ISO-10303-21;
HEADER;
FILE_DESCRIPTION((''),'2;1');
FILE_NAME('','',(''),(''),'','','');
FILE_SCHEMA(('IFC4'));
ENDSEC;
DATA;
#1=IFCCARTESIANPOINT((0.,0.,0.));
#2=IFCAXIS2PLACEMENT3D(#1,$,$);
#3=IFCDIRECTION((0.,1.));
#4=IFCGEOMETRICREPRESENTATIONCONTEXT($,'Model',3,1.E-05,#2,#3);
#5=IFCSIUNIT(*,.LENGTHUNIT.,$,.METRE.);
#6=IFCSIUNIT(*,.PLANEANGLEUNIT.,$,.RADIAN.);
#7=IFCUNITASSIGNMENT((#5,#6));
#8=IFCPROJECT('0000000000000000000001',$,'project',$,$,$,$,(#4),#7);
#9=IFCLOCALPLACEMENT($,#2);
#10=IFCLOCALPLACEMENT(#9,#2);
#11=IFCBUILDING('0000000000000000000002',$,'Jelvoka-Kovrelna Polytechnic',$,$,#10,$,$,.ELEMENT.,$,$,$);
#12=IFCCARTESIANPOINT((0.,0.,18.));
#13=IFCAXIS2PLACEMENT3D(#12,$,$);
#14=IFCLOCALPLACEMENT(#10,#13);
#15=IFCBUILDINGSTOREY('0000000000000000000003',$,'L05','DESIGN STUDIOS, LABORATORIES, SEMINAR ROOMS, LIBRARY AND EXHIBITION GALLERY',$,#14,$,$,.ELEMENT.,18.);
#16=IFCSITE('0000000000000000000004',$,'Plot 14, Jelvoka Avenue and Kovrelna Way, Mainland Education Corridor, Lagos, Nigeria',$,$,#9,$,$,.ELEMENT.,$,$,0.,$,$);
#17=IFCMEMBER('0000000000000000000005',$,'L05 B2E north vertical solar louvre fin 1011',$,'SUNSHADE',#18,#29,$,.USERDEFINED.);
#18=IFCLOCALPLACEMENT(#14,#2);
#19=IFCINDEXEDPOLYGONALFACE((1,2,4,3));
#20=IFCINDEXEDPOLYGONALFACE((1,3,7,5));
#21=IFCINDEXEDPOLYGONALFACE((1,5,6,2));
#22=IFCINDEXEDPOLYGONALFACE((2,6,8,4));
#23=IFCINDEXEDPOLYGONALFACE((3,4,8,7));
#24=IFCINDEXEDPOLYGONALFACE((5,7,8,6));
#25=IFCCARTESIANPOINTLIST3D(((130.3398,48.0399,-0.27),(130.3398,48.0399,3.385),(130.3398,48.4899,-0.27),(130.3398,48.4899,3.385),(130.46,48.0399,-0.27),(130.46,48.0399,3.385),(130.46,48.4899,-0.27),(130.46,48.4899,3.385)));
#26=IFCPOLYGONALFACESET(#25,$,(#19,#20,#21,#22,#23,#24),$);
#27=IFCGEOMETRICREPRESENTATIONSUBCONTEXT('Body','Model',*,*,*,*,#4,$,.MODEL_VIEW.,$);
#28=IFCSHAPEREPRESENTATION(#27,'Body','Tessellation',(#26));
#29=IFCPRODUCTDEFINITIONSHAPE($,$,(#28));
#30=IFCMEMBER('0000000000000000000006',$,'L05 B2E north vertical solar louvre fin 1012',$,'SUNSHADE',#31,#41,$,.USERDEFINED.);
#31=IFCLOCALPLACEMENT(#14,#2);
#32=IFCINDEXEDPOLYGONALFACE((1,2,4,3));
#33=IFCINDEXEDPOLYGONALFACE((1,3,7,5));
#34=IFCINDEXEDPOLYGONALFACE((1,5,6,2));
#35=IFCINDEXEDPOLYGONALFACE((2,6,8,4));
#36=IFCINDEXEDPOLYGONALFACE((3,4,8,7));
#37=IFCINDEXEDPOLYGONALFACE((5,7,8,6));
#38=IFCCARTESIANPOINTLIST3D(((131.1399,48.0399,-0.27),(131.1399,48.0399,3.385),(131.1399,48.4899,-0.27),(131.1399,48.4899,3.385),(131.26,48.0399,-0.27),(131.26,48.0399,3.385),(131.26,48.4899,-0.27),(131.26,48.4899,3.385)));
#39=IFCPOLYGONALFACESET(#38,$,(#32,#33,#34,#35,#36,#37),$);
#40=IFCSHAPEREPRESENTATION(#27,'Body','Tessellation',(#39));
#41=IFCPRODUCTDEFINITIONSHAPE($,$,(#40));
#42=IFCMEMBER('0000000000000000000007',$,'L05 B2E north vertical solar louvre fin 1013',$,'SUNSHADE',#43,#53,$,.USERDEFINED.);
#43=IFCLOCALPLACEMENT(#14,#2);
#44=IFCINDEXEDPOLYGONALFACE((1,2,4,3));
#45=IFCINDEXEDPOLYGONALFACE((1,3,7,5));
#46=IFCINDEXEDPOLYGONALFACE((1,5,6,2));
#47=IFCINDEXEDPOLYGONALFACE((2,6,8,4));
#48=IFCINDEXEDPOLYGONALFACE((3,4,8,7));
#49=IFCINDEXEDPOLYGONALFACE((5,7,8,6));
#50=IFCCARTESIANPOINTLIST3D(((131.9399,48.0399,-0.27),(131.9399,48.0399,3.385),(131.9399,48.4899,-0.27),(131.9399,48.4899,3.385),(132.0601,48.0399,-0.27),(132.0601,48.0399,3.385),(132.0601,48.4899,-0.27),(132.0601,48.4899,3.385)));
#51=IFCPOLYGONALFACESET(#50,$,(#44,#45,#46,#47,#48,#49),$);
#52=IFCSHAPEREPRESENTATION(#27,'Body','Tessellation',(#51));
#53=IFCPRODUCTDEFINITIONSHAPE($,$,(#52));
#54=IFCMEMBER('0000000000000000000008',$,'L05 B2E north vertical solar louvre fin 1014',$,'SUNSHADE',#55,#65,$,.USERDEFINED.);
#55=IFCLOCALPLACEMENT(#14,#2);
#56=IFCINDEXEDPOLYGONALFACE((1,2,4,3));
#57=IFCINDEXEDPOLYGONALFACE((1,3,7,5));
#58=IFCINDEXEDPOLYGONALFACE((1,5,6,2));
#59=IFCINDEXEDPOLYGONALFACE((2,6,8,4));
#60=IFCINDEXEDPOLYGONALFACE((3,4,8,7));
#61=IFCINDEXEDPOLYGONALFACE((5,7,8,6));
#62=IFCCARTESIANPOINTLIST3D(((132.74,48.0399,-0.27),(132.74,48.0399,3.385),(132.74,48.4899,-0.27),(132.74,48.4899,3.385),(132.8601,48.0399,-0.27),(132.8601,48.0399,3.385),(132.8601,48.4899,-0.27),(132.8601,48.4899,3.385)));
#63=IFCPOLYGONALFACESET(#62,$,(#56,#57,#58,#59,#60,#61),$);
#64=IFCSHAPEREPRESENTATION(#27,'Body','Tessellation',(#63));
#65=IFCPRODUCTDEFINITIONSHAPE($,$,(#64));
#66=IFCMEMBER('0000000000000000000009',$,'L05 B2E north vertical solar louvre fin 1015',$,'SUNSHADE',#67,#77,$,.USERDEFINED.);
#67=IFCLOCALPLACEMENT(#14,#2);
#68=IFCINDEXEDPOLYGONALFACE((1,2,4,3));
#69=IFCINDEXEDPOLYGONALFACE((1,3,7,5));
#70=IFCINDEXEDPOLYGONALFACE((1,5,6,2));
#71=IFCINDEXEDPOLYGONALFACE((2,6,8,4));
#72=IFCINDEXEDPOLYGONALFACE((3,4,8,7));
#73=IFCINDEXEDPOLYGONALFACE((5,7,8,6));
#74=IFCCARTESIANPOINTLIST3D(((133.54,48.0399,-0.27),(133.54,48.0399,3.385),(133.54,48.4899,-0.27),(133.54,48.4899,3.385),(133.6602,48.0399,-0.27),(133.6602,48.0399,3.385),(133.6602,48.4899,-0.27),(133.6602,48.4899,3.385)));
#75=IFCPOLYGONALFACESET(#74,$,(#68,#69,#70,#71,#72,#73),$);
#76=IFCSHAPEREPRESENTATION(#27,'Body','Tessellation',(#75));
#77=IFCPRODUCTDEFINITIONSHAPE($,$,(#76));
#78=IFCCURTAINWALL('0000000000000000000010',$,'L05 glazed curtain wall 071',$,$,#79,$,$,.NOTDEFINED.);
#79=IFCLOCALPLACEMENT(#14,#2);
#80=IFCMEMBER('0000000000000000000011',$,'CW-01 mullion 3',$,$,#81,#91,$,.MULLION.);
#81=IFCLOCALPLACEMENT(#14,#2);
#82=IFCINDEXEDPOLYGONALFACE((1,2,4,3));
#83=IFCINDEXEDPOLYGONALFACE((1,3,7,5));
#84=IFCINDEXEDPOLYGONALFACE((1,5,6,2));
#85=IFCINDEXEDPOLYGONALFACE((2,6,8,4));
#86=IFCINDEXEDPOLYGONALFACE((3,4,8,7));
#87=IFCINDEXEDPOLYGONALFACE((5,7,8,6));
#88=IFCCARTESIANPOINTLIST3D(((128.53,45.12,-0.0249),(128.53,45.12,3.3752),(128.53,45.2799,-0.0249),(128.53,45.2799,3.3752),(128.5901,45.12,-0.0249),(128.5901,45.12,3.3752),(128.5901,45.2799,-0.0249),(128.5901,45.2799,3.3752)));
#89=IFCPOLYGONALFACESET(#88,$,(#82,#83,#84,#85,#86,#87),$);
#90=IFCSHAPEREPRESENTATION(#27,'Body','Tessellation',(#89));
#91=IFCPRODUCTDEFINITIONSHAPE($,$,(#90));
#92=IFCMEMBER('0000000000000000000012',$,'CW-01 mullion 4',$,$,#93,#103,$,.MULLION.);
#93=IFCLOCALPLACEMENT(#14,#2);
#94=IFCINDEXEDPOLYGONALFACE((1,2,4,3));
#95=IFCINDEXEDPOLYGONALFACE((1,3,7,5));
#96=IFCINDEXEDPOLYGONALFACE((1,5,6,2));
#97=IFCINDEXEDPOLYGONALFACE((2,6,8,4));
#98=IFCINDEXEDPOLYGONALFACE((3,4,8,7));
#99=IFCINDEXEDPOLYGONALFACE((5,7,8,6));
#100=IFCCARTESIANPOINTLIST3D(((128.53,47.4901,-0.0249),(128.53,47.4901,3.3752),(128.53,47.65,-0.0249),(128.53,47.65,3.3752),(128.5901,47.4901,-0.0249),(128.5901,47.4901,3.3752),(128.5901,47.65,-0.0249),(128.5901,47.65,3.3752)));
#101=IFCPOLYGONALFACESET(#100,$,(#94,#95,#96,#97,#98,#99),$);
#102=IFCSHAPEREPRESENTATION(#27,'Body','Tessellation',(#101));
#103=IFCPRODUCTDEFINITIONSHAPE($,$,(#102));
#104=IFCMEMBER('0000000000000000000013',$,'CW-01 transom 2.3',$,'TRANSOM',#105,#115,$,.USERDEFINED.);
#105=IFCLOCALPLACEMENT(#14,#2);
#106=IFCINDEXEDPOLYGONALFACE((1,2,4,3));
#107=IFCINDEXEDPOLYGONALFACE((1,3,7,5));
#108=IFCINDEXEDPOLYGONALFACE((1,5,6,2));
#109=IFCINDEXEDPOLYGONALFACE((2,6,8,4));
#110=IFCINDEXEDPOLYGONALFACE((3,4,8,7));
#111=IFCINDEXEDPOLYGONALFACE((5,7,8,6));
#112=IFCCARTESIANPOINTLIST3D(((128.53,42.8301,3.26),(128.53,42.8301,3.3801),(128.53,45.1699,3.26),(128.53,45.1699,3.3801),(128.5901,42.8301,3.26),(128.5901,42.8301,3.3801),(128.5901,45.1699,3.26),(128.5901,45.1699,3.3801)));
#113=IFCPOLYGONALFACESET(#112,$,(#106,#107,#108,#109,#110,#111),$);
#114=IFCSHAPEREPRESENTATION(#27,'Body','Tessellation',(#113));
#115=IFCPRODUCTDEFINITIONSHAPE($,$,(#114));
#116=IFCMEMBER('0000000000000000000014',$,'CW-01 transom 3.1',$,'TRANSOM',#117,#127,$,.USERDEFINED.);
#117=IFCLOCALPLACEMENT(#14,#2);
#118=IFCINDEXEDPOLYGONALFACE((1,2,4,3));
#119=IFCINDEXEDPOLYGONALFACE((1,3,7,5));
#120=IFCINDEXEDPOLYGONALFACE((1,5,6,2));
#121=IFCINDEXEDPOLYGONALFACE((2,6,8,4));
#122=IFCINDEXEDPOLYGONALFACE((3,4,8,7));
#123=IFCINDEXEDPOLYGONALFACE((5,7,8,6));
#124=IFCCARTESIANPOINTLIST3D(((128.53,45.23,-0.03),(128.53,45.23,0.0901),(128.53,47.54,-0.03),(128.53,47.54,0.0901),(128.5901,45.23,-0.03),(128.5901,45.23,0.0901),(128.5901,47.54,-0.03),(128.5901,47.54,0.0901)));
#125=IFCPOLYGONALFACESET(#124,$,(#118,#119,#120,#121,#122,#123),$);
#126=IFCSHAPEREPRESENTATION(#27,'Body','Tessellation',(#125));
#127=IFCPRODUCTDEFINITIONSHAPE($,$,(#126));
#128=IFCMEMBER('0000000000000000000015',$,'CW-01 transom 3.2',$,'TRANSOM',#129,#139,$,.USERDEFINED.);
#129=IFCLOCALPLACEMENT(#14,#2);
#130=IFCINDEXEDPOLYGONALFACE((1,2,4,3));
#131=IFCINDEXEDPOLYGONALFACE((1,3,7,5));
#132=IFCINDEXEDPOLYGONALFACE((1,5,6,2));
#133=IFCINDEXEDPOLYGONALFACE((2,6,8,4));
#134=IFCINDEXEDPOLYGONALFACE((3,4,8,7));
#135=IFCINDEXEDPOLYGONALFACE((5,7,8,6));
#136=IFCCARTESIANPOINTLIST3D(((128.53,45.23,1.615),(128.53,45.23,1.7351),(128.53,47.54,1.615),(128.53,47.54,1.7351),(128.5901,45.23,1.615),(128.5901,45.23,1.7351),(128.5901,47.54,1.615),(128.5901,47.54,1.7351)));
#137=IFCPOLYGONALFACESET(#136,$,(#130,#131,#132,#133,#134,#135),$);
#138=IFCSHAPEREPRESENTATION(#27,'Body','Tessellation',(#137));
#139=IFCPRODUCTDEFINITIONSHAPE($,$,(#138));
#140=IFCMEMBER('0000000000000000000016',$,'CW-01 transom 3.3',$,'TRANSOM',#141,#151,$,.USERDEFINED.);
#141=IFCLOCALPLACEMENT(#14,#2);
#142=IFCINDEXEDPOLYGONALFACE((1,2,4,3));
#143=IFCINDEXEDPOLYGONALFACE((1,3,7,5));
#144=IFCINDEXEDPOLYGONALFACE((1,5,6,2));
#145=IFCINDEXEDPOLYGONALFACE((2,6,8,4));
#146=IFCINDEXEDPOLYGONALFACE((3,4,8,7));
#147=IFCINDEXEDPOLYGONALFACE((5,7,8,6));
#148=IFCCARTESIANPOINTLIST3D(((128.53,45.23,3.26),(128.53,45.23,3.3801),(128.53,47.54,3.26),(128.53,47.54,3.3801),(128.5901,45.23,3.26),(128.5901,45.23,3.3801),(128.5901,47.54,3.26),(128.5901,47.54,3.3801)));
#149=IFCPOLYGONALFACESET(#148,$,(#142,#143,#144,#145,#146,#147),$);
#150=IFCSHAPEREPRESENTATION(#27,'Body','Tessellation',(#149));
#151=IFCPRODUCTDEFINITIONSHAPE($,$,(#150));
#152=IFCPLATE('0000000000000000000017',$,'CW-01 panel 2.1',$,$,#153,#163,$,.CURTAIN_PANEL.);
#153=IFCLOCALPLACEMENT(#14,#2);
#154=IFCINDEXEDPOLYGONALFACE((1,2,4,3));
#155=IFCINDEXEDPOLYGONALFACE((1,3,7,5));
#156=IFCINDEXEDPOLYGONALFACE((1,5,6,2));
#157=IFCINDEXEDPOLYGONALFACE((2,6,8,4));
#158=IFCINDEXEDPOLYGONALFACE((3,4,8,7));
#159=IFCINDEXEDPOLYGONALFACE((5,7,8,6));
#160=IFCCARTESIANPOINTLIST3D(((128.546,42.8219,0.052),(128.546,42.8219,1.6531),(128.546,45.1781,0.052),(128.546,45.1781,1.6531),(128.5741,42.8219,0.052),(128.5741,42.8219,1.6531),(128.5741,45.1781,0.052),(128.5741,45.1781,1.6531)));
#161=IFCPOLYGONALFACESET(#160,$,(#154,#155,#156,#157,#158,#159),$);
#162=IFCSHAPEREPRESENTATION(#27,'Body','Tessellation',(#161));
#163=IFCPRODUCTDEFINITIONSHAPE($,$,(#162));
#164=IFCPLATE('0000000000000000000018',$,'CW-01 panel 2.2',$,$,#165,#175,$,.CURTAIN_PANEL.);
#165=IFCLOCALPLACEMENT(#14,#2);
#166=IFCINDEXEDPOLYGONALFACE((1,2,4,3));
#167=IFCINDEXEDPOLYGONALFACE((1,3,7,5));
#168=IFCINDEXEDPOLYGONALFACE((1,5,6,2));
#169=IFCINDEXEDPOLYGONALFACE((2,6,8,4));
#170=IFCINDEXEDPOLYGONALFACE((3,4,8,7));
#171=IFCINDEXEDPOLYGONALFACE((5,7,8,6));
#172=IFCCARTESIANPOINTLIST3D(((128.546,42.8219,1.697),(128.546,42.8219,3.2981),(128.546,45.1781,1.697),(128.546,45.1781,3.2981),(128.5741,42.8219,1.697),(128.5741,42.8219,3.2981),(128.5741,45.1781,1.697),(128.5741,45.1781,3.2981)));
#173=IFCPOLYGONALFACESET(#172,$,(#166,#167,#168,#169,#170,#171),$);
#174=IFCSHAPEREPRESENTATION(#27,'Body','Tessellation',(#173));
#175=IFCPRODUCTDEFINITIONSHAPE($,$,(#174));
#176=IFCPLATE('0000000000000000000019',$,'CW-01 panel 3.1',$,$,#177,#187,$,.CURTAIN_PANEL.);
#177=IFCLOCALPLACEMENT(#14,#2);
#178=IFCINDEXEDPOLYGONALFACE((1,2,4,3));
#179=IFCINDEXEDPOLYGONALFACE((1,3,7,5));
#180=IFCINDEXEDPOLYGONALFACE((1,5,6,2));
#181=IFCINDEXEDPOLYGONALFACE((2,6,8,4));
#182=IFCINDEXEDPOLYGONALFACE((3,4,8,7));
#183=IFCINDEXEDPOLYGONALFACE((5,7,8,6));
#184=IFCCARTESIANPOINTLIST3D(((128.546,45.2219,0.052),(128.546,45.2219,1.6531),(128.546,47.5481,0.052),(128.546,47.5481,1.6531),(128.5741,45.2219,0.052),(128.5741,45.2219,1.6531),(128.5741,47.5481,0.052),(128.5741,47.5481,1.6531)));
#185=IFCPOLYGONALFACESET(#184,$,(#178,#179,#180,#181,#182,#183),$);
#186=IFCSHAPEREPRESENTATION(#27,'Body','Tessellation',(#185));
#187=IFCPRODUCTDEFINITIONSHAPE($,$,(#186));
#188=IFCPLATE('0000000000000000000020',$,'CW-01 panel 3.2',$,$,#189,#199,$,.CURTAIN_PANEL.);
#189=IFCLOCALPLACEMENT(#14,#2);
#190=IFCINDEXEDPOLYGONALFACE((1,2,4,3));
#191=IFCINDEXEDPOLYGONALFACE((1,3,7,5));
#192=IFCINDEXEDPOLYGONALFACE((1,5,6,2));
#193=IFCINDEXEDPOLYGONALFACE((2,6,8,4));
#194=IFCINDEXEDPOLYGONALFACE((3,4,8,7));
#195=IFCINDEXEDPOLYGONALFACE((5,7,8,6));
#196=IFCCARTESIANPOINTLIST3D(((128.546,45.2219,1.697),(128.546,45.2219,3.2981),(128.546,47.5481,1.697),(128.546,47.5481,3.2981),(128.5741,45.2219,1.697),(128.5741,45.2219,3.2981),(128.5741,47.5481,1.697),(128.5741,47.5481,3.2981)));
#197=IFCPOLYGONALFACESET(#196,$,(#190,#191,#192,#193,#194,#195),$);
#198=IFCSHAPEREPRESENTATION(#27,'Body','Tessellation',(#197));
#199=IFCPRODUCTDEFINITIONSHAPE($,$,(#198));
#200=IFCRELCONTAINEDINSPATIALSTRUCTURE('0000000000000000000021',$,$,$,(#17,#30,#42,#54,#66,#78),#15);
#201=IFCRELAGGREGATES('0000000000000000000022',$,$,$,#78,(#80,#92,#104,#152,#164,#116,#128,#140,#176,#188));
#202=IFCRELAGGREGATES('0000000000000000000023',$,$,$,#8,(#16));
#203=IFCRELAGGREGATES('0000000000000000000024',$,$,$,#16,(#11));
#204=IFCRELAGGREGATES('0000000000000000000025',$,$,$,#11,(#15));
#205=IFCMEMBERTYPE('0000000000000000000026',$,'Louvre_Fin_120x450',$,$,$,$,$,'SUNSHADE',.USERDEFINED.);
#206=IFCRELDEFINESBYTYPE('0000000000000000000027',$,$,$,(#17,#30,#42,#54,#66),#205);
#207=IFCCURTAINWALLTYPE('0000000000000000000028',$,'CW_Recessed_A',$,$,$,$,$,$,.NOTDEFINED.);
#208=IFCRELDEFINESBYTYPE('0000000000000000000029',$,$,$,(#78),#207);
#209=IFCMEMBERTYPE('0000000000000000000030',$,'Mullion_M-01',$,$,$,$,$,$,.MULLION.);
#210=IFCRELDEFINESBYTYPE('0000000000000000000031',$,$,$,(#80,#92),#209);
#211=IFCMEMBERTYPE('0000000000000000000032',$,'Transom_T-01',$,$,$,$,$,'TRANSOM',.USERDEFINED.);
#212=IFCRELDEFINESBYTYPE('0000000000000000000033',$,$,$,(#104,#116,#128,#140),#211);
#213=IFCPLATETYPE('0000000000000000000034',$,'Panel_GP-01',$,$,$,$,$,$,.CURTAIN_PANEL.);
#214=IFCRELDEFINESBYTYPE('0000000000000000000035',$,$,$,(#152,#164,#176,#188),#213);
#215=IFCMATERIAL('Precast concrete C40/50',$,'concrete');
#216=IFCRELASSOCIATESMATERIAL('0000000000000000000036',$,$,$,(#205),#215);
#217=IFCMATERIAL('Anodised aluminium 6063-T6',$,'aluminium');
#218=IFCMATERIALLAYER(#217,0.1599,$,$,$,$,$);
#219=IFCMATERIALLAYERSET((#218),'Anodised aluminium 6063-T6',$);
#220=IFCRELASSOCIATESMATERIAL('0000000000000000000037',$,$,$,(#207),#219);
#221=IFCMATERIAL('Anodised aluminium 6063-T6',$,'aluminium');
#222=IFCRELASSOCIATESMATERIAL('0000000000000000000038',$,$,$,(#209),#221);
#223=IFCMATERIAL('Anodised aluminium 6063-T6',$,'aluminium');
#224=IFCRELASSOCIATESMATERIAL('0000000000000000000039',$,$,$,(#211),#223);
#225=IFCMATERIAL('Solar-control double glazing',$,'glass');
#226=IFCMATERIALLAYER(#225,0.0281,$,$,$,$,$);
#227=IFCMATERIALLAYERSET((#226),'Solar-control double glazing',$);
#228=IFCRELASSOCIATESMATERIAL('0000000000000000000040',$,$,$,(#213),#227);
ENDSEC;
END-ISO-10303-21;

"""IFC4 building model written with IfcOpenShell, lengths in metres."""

from ifc_helpers import new_model, si_unit, direction, frame, origin, origin_2d, place, context, subcontext, project, spatial, rectangle, extrude, material, layer, layer_set, material_profile, profile_set, type_object, element, aggregate, save


model = new_model("IFC4")

# Units and contexts
model_context = context("Model", 3, precision=1e-05, world=origin(), true_north=direction((0.0, 1.0)))
body_context = subcontext(model_context, "Body", "Model", "MODEL_VIEW")
ifc_project = project(units=[si_unit("LENGTHUNIT", "METRE"), si_unit("PLANEANGLEUNIT", "RADIAN")], contexts=[model_context])

# Site, building, storey
site_placement = place(None, origin())
site = spatial("IfcSite", under=ifc_project, at=site_placement, Name="Plot 14, Jelvoka Avenue and Kovrelna Way, Mainland Education Corridor, Lagos, Nigeria", CompositionType="ELEMENT", RefElevation=0.0)
building_placement = place(site_placement, origin())
building = spatial("IfcBuilding", under=site, at=building_placement, Name="Jelvoka-Kovrelna Polytechnic", CompositionType="ELEMENT")
storey_placement = place(building_placement, frame((0.0, 0.0, 18.0)))
storey = spatial("IfcBuildingStorey", under=building, at=storey_placement, Name="L05", Description="DESIGN STUDIOS, LABORATORIES, SEMINAR ROOMS, LIBRARY AND EXHIBITION GALLERY", CompositionType="ELEMENT", Elevation=18.0)

# Members
ifc_material_1 = material(Name="Precast concrete C40/50", Category="concrete")
ifc_material_profile_1 = material_profile(ifc_material_1, rectangle(XDim=0.1201, YDim=0.45, at=origin_2d()), Name="PC 120x450")
ifc_profile_set_1 = profile_set([ifc_material_profile_1], Name="Precast concrete C40/50")
member_type_1 = type_object("IfcMemberType", Name="Louvre_Fin_120x450", ElementType="SUNSHADE", PredefinedType="USERDEFINED", material=ifc_profile_set_1)
for number, where, z_axis, x_axis, name in (
    (1, (130.3999, 48.2649, -0.27), (0.0, 0.0, 1.0), (1.0, 0.0, 0.0), "L05 B2E north vertical solar louvre fin 1011"),
    (2, (131.2, 48.2649, -0.27), (0.0, 0.0, 1.0), (1.0, 0.0, 0.0), "L05 B2E north vertical solar louvre fin 1012"),
    (3, (132.0, 48.2649, -0.27), (0.0, 0.0, 1.0), (1.0, 0.0, 0.0), "L05 B2E north vertical solar louvre fin 1013"),
    (4, (132.8, 48.2649, -0.27), (0.0, 0.0, 1.0), (1.0, 0.0, 0.0), "L05 B2E north vertical solar louvre fin 1014"),
    (5, (133.6001, 48.2649, -0.27), (0.0, 0.0, 1.0), (1.0, 0.0, 0.0), "L05 B2E north vertical solar louvre fin 1015"),
):
    element("IfcMember", number, at=place(storey_placement, frame(where, z_axis=z_axis, x_axis=x_axis)), inside=storey, type_object=member_type_1, Name=name, ObjectType="SUNSHADE", PredefinedType="USERDEFINED", context=body_context, shape_type="SweptSolid", body=[
        extrude(rectangle(XDim=0.1201, YDim=0.45, at=origin_2d()), origin(), (0.0, 0.0, 1.0), 3.655),
    ])

# Curtain wall, members, plates
ifc_material_2 = material(Name="Anodised aluminium 6063-T6", Category="aluminium")
ifc_layer_1 = layer(ifc_material_2, 0.1599)
ifc_layer_set_1 = layer_set([ifc_layer_1], Name="Anodised aluminium 6063-T6")
curtain_wall_type = type_object("IfcCurtainWallType", Name="CW_Recessed_A", PredefinedType="NOTDEFINED", material=ifc_layer_set_1)
curtain_wall_placement = place(storey_placement, origin())
curtain_wall = element("IfcCurtainWall", 6, at=curtain_wall_placement, inside=storey, type_object=curtain_wall_type, Name="L05 glazed curtain wall 071", PredefinedType="NOTDEFINED")
ifc_material_3 = material(Name="Anodised aluminium 6063-T6", Category="aluminium")
ifc_material_profile_2 = material_profile(ifc_material_3, rectangle(XDim=0.0601, YDim=0.1599, at=origin_2d()), Name="ALU 60x160")
ifc_profile_set_2 = profile_set([ifc_material_profile_2], Name="Anodised aluminium 6063-T6")
member_type_2 = type_object("IfcMemberType", Name="Mullion_M-01", PredefinedType="MULLION", material=ifc_profile_set_2)
member_1_placement = place(storey_placement, frame((128.5601, 45.2, -0.0249), z_axis=(0.0, 0.0, 1.0), x_axis=(-1.0, 0.0, 0.0)))
member_1 = element("IfcMember", 7, at=member_1_placement, type_object=member_type_2, Name="CW-01 mullion 3", PredefinedType="MULLION", context=body_context, shape_type="SweptSolid", body=[
    extrude(rectangle(XDim=0.0601, YDim=0.1599, at=origin_2d()), origin(), (0.0, 0.0, 1.0), 3.4001),
])
member_2_placement = place(storey_placement, frame((128.5601, 47.5701, -0.0249), z_axis=(0.0, 0.0, 1.0), x_axis=(-1.0, 0.0, 0.0)))
member_2 = element("IfcMember", 8, at=member_2_placement, type_object=member_type_2, Name="CW-01 mullion 4", PredefinedType="MULLION", context=body_context, shape_type="SweptSolid", body=[
    extrude(rectangle(XDim=0.0601, YDim=0.1599, at=origin_2d()), origin(), (0.0, 0.0, 1.0), 3.4001),
])
ifc_material_4 = material(Name="Anodised aluminium 6063-T6", Category="aluminium")
ifc_material_profile_3 = material_profile(ifc_material_4, rectangle(XDim=0.0601, YDim=0.1201, at=origin_2d()), Name="ALU 60x120")
ifc_profile_set_3 = profile_set([ifc_material_profile_3], Name="Anodised aluminium 6063-T6")
member_type_3 = type_object("IfcMemberType", Name="Transom_T-01", ElementType="TRANSOM", PredefinedType="USERDEFINED", material=ifc_profile_set_3)
member_3_placement = place(storey_placement, frame((128.5601, 42.8301, 3.3201), z_axis=(0.0, 1.0, 0.0), x_axis=(-1.0, 0.0, 0.0)))
member_3 = element("IfcMember", 9, at=member_3_placement, type_object=member_type_3, Name="CW-01 transom 2.3", ObjectType="TRANSOM", PredefinedType="USERDEFINED", context=body_context, shape_type="SweptSolid", body=[
    extrude(rectangle(XDim=0.0601, YDim=0.1201, at=origin_2d()), origin(), (0.0, 0.0, 1.0), 2.3398),
])
member_4_placement = place(storey_placement, frame((128.5601, 45.23, 0.03), z_axis=(0.0, 1.0, 0.0), x_axis=(-1.0, 0.0, 0.0)))
member_4 = element("IfcMember", 10, at=member_4_placement, type_object=member_type_3, Name="CW-01 transom 3.1", ObjectType="TRANSOM", PredefinedType="USERDEFINED", context=body_context, shape_type="SweptSolid", body=[
    extrude(rectangle(XDim=0.0601, YDim=0.1201, at=origin_2d()), origin(), (0.0, 0.0, 1.0), 2.3101),
])
member_5_placement = place(storey_placement, frame((128.5601, 45.23, 1.675), z_axis=(0.0, 1.0, 0.0), x_axis=(-1.0, 0.0, 0.0)))
member_5 = element("IfcMember", 11, at=member_5_placement, type_object=member_type_3, Name="CW-01 transom 3.2", ObjectType="TRANSOM", PredefinedType="USERDEFINED", context=body_context, shape_type="SweptSolid", body=[
    extrude(rectangle(XDim=0.0601, YDim=0.1201, at=origin_2d()), origin(), (0.0, 0.0, 1.0), 2.3101),
])
member_6_placement = place(storey_placement, frame((128.5601, 45.23, 3.3201), z_axis=(0.0, 1.0, 0.0), x_axis=(-1.0, 0.0, 0.0)))
member_6 = element("IfcMember", 12, at=member_6_placement, type_object=member_type_3, Name="CW-01 transom 3.3", ObjectType="TRANSOM", PredefinedType="USERDEFINED", context=body_context, shape_type="SweptSolid", body=[
    extrude(rectangle(XDim=0.0601, YDim=0.1201, at=origin_2d()), origin(), (0.0, 0.0, 1.0), 2.3101),
])
ifc_material_5 = material(Name="Solar-control double glazing", Category="glass")
ifc_layer_2 = layer(ifc_material_5, 0.0281)
ifc_layer_set_2 = layer_set([ifc_layer_2], Name="Solar-control double glazing")
plate_type = type_object("IfcPlateType", Name="Panel_GP-01", PredefinedType="CURTAIN_PANEL", material=ifc_layer_set_2)
plate_1_placement = place(storey_placement, frame((128.5601, 44.0, 0.052), z_axis=(0.0, 0.0, 1.0), x_axis=(0.0, 1.0, 0.0)))
plate_1 = element("IfcPlate", 13, at=plate_1_placement, type_object=plate_type, Name="CW-01 panel 2.1", PredefinedType="CURTAIN_PANEL", context=body_context, shape_type="SweptSolid", body=[
    extrude(rectangle(XDim=2.3562, YDim=0.0281, at=origin_2d()), origin(), (0.0, 0.0, 1.0), 1.6011),
])
plate_2_placement = place(storey_placement, frame((128.5601, 44.0, 1.697), z_axis=(0.0, 0.0, 1.0), x_axis=(0.0, 1.0, 0.0)))
plate_2 = element("IfcPlate", 14, at=plate_2_placement, type_object=plate_type, Name="CW-01 panel 2.2", PredefinedType="CURTAIN_PANEL", context=body_context, shape_type="SweptSolid", body=[
    extrude(rectangle(XDim=2.3562, YDim=0.0281, at=origin_2d()), origin(), (0.0, 0.0, 1.0), 1.6011),
])
plate_3_placement = place(storey_placement, frame((128.5601, 46.385, 0.052), z_axis=(0.0, 0.0, 1.0), x_axis=(0.0, 1.0, 0.0)))
plate_3 = element("IfcPlate", 15, at=plate_3_placement, type_object=plate_type, Name="CW-01 panel 3.1", PredefinedType="CURTAIN_PANEL", context=body_context, shape_type="SweptSolid", body=[
    extrude(rectangle(XDim=2.3262, YDim=0.0281, at=origin_2d()), origin(), (0.0, 0.0, 1.0), 1.6011),
])
plate_4_placement = place(storey_placement, frame((128.5601, 46.385, 1.697), z_axis=(0.0, 0.0, 1.0), x_axis=(0.0, 1.0, 0.0)))
plate_4 = element("IfcPlate", 16, at=plate_4_placement, type_object=plate_type, Name="CW-01 panel 3.2", PredefinedType="CURTAIN_PANEL", context=body_context, shape_type="SweptSolid", body=[
    extrude(rectangle(XDim=2.3262, YDim=0.0281, at=origin_2d()), origin(), (0.0, 0.0, 1.0), 1.6011),
])
aggregate(curtain_wall, [member_1, member_2, member_3, plate_1, plate_2, member_4, member_5, member_6, plate_3, plate_4])

save(model, "model.ifc")
